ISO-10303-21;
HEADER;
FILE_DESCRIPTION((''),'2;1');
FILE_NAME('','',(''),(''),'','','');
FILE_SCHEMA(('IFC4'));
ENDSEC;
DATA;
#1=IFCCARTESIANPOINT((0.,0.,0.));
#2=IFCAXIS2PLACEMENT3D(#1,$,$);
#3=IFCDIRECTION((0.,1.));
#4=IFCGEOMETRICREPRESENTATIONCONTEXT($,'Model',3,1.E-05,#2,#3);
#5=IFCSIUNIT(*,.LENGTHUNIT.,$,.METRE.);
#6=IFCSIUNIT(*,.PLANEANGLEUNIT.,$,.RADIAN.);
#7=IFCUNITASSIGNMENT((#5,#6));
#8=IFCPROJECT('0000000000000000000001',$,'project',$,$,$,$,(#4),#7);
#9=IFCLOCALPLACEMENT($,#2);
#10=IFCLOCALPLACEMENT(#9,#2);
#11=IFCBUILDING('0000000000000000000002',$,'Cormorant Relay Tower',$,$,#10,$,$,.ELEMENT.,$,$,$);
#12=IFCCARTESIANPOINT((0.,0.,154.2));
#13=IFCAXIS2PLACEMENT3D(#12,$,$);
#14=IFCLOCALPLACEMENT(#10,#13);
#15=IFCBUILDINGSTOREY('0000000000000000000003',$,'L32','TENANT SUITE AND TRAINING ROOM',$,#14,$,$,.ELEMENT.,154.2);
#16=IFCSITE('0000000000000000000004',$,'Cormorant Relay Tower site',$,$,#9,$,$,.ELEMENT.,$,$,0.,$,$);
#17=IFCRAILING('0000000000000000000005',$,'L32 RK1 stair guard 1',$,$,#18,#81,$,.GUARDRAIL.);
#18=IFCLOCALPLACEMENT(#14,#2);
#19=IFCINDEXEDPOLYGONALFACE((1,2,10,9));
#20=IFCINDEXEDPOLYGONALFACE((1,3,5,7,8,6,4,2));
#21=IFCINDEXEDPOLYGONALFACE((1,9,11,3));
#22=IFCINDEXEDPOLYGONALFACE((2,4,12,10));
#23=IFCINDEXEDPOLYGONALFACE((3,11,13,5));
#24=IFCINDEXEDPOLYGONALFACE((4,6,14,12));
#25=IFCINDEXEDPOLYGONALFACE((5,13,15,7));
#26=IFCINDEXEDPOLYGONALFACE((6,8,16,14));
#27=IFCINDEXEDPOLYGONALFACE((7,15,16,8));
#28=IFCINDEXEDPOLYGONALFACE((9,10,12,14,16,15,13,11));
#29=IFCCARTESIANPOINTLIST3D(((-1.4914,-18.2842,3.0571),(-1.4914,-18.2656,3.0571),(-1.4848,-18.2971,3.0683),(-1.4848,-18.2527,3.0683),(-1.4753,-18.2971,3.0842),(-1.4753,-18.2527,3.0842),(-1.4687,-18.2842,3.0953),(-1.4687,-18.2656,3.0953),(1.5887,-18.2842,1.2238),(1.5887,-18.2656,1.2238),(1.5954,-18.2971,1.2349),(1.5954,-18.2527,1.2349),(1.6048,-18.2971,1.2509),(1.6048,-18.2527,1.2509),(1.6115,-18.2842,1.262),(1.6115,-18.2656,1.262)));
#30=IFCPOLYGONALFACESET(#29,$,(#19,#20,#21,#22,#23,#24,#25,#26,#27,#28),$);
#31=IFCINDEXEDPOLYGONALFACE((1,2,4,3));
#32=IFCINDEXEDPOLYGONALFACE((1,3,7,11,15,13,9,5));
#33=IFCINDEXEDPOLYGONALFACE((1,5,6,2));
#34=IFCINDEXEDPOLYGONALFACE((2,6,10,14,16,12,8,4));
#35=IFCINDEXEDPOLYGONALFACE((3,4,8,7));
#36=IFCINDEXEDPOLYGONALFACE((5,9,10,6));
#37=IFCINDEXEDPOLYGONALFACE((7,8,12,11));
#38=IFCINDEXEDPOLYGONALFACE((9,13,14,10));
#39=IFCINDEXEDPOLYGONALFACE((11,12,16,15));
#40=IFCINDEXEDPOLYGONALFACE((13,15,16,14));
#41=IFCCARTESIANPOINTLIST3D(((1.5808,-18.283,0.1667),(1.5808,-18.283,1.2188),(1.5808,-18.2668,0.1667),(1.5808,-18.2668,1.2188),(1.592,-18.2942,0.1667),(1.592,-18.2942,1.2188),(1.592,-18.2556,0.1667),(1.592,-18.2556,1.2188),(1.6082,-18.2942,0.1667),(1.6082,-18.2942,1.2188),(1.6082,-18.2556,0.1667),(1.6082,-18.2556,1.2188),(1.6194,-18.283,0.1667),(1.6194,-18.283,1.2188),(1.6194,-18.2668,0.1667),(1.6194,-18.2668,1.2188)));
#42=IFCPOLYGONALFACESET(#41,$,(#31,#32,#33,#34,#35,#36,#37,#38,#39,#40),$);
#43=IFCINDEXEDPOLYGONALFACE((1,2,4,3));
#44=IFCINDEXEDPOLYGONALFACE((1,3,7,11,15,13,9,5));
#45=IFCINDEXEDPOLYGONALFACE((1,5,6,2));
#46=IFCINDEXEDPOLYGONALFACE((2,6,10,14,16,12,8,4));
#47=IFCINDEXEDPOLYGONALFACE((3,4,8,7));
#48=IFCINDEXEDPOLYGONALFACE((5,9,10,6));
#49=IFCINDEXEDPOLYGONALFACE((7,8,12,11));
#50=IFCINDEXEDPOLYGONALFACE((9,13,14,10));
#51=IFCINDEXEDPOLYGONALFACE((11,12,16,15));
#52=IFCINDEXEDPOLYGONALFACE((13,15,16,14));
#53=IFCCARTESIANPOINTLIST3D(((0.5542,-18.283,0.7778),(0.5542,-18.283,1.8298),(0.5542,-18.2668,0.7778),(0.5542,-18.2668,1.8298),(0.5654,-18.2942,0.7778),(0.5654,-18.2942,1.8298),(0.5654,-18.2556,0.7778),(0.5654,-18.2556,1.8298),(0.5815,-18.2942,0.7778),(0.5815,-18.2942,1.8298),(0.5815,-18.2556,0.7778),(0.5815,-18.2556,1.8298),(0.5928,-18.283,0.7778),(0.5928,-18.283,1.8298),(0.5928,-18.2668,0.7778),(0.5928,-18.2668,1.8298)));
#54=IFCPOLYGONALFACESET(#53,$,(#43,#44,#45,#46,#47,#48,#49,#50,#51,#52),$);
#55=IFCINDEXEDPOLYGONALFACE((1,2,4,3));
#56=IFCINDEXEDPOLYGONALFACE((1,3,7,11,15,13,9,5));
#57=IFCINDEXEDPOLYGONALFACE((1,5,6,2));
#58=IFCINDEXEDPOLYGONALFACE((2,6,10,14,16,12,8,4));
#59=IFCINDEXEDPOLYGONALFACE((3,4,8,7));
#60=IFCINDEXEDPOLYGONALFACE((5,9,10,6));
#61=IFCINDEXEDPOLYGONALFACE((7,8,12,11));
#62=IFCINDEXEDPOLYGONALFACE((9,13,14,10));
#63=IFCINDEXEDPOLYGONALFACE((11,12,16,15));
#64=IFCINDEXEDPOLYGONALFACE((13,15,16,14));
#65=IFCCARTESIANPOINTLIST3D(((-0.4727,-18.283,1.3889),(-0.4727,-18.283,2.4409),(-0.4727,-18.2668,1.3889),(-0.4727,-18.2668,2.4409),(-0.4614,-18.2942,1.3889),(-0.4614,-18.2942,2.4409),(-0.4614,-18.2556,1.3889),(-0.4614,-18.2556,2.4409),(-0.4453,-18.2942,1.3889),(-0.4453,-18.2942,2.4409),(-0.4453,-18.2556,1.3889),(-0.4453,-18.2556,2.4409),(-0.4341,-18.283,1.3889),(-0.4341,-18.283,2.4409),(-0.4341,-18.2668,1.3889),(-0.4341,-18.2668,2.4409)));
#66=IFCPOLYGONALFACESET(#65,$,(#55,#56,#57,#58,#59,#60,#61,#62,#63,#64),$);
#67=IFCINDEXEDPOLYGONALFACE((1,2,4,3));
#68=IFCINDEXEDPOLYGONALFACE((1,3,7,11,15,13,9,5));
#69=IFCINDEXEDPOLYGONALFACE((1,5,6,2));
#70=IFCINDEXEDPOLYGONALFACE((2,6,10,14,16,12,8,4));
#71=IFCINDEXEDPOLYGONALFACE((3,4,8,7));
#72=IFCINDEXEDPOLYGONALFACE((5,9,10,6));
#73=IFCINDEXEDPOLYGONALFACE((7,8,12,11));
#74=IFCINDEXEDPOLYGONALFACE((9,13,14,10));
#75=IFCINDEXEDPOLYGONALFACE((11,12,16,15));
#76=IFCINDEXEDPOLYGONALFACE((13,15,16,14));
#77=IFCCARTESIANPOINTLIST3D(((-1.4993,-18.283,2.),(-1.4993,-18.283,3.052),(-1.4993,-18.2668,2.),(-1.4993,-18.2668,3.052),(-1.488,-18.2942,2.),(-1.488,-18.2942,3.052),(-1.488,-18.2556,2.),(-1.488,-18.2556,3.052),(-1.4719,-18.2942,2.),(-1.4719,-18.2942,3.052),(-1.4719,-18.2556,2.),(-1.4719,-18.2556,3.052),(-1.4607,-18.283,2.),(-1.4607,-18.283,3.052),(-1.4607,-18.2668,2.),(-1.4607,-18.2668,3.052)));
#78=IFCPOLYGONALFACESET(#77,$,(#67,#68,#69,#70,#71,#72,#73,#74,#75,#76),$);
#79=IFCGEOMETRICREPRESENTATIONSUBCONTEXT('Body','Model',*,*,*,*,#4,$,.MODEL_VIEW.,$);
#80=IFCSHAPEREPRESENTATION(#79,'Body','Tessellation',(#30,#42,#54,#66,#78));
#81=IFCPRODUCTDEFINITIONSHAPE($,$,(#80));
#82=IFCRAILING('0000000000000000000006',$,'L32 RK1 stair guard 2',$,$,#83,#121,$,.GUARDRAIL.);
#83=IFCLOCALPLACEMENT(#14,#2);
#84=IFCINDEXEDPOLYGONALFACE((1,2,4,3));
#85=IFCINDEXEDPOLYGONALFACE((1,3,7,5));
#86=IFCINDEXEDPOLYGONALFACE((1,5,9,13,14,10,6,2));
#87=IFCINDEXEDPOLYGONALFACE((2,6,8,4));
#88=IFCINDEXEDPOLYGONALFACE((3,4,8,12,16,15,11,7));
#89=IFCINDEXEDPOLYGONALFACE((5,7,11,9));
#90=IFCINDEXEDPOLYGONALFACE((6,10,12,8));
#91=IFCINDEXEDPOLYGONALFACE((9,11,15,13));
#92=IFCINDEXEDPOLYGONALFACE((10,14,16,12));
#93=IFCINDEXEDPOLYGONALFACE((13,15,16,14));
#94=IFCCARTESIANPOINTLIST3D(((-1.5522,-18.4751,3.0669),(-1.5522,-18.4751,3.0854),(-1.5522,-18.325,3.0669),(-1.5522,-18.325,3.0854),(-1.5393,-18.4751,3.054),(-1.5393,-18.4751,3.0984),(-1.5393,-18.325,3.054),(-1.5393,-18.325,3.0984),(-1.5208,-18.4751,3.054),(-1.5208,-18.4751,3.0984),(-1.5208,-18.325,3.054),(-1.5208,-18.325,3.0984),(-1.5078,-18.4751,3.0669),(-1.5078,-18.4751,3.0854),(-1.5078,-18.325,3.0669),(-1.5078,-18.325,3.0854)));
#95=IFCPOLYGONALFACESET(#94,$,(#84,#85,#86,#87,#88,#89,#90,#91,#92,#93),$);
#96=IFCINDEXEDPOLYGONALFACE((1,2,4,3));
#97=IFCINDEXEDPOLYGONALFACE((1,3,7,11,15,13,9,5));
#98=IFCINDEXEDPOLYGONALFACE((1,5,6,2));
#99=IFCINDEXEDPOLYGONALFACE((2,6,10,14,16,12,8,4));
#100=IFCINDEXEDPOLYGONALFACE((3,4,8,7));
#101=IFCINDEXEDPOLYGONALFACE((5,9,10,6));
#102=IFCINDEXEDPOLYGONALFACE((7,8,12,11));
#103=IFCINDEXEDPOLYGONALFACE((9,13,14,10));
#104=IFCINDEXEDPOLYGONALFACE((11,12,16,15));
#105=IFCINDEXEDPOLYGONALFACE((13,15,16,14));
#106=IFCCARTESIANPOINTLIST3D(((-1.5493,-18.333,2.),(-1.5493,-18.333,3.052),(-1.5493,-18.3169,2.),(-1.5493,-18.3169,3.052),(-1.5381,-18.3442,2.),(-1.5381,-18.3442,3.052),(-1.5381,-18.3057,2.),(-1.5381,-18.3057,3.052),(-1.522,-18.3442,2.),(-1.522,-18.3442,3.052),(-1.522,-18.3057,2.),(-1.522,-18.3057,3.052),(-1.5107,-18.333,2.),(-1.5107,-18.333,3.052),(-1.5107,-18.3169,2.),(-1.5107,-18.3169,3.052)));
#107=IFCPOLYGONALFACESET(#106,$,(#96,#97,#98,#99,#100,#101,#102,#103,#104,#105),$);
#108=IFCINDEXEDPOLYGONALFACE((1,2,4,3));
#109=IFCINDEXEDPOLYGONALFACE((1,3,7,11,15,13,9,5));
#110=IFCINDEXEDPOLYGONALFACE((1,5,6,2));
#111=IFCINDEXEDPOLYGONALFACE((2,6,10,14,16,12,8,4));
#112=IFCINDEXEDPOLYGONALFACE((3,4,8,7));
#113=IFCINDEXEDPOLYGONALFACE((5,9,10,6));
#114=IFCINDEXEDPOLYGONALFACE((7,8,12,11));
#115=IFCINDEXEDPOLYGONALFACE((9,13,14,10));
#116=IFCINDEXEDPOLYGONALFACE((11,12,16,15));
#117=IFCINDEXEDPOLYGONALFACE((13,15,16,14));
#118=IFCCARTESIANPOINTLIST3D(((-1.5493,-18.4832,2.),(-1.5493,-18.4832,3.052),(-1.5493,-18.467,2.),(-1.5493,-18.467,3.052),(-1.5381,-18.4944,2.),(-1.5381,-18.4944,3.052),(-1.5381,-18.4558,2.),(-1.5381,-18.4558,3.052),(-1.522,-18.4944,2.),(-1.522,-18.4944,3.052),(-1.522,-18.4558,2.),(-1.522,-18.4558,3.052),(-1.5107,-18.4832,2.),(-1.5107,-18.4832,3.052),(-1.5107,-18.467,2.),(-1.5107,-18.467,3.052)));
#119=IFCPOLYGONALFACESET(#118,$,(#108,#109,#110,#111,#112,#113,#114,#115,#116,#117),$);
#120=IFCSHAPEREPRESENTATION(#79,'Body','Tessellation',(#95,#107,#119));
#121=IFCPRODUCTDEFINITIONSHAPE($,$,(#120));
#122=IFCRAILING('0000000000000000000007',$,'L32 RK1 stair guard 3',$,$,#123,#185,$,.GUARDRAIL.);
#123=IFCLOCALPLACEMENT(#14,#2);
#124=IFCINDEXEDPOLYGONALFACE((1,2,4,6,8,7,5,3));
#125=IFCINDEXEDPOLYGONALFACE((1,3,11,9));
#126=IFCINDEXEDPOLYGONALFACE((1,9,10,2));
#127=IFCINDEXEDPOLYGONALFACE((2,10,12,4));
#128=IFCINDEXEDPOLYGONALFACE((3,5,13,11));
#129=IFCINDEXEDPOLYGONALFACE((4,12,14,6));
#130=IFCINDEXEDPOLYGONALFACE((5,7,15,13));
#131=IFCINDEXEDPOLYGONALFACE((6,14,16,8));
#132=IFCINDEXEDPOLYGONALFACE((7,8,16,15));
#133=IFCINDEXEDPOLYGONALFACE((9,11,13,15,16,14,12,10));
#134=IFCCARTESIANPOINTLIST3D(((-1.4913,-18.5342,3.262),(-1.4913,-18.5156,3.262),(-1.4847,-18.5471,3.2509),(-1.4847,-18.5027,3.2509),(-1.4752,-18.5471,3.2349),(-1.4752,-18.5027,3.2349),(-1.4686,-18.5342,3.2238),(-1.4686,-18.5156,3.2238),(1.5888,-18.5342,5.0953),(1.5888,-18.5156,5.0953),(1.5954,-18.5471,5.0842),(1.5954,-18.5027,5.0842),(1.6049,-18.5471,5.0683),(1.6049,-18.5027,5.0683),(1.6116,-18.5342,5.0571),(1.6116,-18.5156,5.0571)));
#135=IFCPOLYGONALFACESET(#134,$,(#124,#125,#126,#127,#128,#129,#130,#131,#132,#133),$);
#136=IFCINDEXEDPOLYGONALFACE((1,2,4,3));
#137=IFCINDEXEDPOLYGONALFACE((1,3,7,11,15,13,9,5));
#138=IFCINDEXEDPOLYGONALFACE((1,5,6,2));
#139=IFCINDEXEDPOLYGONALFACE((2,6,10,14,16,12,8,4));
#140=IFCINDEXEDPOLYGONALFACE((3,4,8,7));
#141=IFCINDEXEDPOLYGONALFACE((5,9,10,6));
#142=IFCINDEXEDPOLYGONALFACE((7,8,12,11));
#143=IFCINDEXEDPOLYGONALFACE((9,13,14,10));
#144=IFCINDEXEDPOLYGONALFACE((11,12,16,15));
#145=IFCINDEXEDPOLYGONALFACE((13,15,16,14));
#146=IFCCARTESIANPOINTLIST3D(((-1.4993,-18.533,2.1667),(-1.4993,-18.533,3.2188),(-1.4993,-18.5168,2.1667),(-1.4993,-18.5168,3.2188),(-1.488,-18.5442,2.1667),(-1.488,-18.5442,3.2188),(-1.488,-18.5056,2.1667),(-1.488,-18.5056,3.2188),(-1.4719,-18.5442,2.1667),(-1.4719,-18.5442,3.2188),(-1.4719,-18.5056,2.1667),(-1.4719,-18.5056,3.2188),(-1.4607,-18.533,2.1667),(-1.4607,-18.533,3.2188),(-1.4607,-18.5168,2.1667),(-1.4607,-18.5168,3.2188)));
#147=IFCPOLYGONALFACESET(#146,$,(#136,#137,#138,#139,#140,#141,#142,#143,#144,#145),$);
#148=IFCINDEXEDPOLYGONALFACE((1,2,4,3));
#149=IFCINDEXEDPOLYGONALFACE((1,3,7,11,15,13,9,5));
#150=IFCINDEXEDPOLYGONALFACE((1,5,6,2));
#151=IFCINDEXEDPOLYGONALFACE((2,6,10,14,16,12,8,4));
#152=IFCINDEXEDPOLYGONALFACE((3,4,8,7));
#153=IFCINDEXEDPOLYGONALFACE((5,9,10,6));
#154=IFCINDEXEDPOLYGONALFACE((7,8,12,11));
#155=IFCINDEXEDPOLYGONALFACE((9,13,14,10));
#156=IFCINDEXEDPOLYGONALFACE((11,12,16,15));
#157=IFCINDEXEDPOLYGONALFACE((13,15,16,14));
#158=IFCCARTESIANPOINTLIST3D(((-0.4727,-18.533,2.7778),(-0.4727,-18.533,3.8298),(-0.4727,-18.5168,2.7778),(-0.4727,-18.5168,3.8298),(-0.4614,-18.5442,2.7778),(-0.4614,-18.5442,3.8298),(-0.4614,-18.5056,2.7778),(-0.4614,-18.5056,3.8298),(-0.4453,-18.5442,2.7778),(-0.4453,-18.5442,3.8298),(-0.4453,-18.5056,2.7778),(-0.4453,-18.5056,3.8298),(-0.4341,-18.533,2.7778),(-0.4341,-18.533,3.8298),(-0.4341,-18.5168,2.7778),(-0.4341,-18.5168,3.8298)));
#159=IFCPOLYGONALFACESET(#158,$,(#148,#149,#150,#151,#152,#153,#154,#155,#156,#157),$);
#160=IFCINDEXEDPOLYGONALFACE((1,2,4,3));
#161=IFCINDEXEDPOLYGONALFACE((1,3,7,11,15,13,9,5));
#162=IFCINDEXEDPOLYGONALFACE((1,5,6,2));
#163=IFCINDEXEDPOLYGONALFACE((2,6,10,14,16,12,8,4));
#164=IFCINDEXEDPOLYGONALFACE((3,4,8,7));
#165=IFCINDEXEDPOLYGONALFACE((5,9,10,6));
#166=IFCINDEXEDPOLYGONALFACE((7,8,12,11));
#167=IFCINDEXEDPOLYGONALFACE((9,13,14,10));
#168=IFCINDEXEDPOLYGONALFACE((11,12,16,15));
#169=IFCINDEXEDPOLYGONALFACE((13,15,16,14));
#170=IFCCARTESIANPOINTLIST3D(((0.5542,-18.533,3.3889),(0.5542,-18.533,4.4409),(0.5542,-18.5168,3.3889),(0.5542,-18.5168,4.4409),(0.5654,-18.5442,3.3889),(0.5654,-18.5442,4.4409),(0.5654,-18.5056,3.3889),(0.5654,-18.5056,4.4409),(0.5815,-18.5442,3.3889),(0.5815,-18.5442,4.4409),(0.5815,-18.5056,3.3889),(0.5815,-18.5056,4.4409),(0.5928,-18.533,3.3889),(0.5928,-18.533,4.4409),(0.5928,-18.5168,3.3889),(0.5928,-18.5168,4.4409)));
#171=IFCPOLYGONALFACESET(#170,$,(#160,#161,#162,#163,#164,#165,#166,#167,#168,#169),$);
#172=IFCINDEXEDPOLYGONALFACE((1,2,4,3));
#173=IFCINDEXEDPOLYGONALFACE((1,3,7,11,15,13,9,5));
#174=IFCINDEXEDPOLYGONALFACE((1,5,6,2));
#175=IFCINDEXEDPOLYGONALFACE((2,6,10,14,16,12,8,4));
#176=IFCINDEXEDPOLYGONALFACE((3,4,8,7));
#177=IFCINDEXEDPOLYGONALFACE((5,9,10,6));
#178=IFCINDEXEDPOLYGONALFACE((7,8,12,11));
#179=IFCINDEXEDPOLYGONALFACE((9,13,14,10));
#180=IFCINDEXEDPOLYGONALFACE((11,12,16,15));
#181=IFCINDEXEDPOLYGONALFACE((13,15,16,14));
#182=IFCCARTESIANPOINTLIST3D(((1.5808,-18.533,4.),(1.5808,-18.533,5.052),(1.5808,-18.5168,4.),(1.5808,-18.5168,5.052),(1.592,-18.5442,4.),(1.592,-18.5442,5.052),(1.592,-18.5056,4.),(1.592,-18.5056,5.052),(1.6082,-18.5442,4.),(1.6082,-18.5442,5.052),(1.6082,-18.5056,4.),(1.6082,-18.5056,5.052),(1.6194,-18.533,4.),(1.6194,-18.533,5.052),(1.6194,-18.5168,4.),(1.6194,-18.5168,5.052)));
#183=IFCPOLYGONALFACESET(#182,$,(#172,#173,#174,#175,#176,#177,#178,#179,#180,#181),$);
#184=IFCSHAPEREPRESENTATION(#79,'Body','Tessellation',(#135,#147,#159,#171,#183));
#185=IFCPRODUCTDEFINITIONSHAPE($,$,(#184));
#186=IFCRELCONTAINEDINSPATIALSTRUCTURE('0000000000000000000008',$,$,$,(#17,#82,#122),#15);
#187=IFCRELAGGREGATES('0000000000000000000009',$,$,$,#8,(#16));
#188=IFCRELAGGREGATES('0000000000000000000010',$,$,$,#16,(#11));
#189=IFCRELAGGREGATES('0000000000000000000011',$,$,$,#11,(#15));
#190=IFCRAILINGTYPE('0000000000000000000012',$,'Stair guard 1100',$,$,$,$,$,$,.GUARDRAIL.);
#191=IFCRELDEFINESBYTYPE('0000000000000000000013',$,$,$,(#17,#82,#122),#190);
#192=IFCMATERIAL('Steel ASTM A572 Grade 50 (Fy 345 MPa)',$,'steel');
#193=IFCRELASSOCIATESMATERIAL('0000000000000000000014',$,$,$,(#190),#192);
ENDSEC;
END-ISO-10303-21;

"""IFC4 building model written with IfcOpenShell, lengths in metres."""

from ifc_helpers import new_model, si_unit, direction, frame, origin, place, context, subcontext, project, spatial, polyline, outline, extrude, material, type_object, element, save


model = new_model("IFC4")

# Units and contexts
model_context = context("Model", 3, precision=1e-05, world=origin(), true_north=direction((0.0, 1.0)))
body_context = subcontext(model_context, "Body", "Model", "MODEL_VIEW")
ifc_project = project(units=[si_unit("LENGTHUNIT", "METRE"), si_unit("PLANEANGLEUNIT", "RADIAN")], contexts=[model_context])

# Site, building, storey
site_placement = place(None, origin())
site = spatial("IfcSite", under=ifc_project, at=site_placement, Name="Cormorant Relay Tower site", CompositionType="ELEMENT", RefElevation=0.0)
building_placement = place(site_placement, origin())
building = spatial("IfcBuilding", under=site, at=building_placement, Name="Cormorant Relay Tower", CompositionType="ELEMENT")
storey_placement = place(building_placement, frame((0.0, 0.0, 154.2)))
storey = spatial("IfcBuildingStorey", under=building, at=storey_placement, Name="L32", Description="TENANT SUITE AND TRAINING ROOM", CompositionType="ELEMENT", Elevation=154.2)

# Railings
ifc_material_1 = material(Name="Steel ASTM A572 Grade 50 (Fy 345 MPa)", Category="steel")
railing_type_1 = type_object("IfcRailingType", Name="Stair guard 1100", PredefinedType="GUARDRAIL", material=ifc_material_1)
railing_1_placement = place(storey_placement, frame((1.6001, -18.2749, 0.1667)))
element("IfcRailing", 1, at=railing_1_placement, inside=storey, type_object=railing_type_1, Name="L32 RK1 stair guard 1", PredefinedType="GUARDRAIL", context=body_context, shape_type="SweptSolid", body=[
    extrude(outline(polyline([(0.0222, 0.0093), (0.0093, 0.0222), (-0.0093, 0.0222), (-0.0222, 0.0093), (-0.0222, -0.0093), (-0.0093, -0.0222), (0.0093, -0.0222), (0.0222, -0.0093), (0.0222, 0.0093)])), frame((0.0, 0.0, 1.0762), z_axis=(-0.859309, 0.0, 0.511458), x_axis=(0.0, -1.0, 0.0)), (0.0, 0.0, 1.0), 3.5845),
    extrude(outline(polyline([(0.0193, 0.0081), (0.0081, 0.0193), (-0.0081, 0.0193), (-0.0193, 0.0081), (-0.0193, -0.0081), (-0.0081, -0.0193), (0.0081, -0.0193), (0.0193, -0.0081), (0.0193, 0.0081)])), origin(), (0.0, 0.0, 1.0), 1.052),
    extrude(outline(polyline([(0.0193, 0.0081), (0.0081, 0.0193), (-0.0081, 0.0193), (-0.0193, 0.0081), (-0.0193, -0.0081), (-0.0081, -0.0193), (0.0081, -0.0193), (0.0193, -0.0081), (0.0193, 0.0081)])), frame((-1.0266, 0.0, 0.6111)), (0.0, 0.0, 1.0), 1.052),
    extrude(outline(polyline([(0.0193, 0.0081), (0.0081, 0.0193), (-0.0081, 0.0193), (-0.0193, 0.0081), (-0.0193, -0.0081), (-0.0081, -0.0193), (0.0081, -0.0193), (0.0193, -0.0081), (0.0193, 0.0081)])), frame((-2.0535, 0.0, 1.2222)), (0.0, 0.0, 1.0), 1.052),
    extrude(outline(polyline([(0.0193, 0.0081), (0.0081, 0.0193), (-0.0081, 0.0193), (-0.0193, 0.0081), (-0.0193, -0.0081), (-0.0081, -0.0193), (0.0081, -0.0193), (0.0193, -0.0081), (0.0193, 0.0081)])), frame((-3.0801, 0.0, 1.8333)), (0.0, 0.0, 1.0), 1.052),
])
railing_2_placement = place(storey_placement, frame((-1.53, -18.325, 2.0)))
element("IfcRailing", 2, at=railing_2_placement, inside=storey, type_object=railing_type_1, Name="L32 RK1 stair guard 2", PredefinedType="GUARDRAIL", context=body_context, shape_type="SweptSolid", body=[
    extrude(outline(polyline([(0.0222, 0.0093), (0.0093, 0.0222), (-0.0093, 0.0222), (-0.0222, 0.0093), (-0.0222, -0.0093), (-0.0093, -0.0222), (0.0093, -0.0222), (0.0222, -0.0093), (0.0222, 0.0093)])), frame((0.0, 0.0, 1.0762), z_axis=(0.0, -1.0, 0.0), x_axis=(1.0, 0.0, 0.0)), (0.0, 0.0, 1.0), 0.1501),
    extrude(outline(polyline([(0.0193, 0.0081), (0.0081, 0.0193), (-0.0081, 0.0193), (-0.0193, 0.0081), (-0.0193, -0.0081), (-0.0081, -0.0193), (0.0081, -0.0193), (0.0193, -0.0081), (0.0193, 0.0081)])), origin(), (0.0, 0.0, 1.0), 1.052),
    extrude(outline(polyline([(0.0193, 0.0081), (0.0081, 0.0193), (-0.0081, 0.0193), (-0.0193, 0.0081), (-0.0193, -0.0081), (-0.0081, -0.0193), (0.0081, -0.0193), (0.0193, -0.0081), (0.0193, 0.0081)])), frame((0.0, -0.1501, 0.0)), (0.0, 0.0, 1.0), 1.052),
])
railing_3_placement = place(storey_placement, frame((-1.48, -18.5249, 2.1667)))
element("IfcRailing", 3, at=railing_3_placement, inside=storey, type_object=railing_type_1, Name="L32 RK1 stair guard 3", PredefinedType="GUARDRAIL", context=body_context, shape_type="SweptSolid", body=[
    extrude(outline(polyline([(0.0222, 0.0093), (0.0093, 0.0222), (-0.0093, 0.0222), (-0.0222, 0.0093), (-0.0222, -0.0093), (-0.0093, -0.0222), (0.0093, -0.0222), (0.0222, -0.0093), (0.0222, 0.0093)])), frame((0.0, 0.0, 1.0762), z_axis=(0.859309, 0.0, 0.511458), x_axis=(0.0, 1.0, 0.0)), (0.0, 0.0, 1.0), 3.5845),
    extrude(outline(polyline([(0.0193, 0.0081), (0.0081, 0.0193), (-0.0081, 0.0193), (-0.0193, 0.0081), (-0.0193, -0.0081), (-0.0081, -0.0193), (0.0081, -0.0193), (0.0193, -0.0081), (0.0193, 0.0081)])), origin(), (0.0, 0.0, 1.0), 1.052),
    extrude(outline(polyline([(0.0193, 0.0081), (0.0081, 0.0193), (-0.0081, 0.0193), (-0.0193, 0.0081), (-0.0193, -0.0081), (-0.0081, -0.0193), (0.0081, -0.0193), (0.0193, -0.0081), (0.0193, 0.0081)])), frame((1.0266, 0.0, 0.6111)), (0.0, 0.0, 1.0), 1.052),
    extrude(outline(polyline([(0.0193, 0.0081), (0.0081, 0.0193), (-0.0081, 0.0193), (-0.0193, 0.0081), (-0.0193, -0.0081), (-0.0081, -0.0193), (0.0081, -0.0193), (0.0193, -0.0081), (0.0193, 0.0081)])), frame((2.0535, 0.0, 1.2222)), (0.0, 0.0, 1.0), 1.052),
    extrude(outline(polyline([(0.0193, 0.0081), (0.0081, 0.0193), (-0.0081, 0.0193), (-0.0193, 0.0081), (-0.0193, -0.0081), (-0.0081, -0.0193), (0.0081, -0.0193), (0.0193, -0.0081), (0.0193, 0.0081)])), frame((3.0801, 0.0, 1.8333)), (0.0, 0.0, 1.0), 1.052),
])

save(model, "model.ifc")
